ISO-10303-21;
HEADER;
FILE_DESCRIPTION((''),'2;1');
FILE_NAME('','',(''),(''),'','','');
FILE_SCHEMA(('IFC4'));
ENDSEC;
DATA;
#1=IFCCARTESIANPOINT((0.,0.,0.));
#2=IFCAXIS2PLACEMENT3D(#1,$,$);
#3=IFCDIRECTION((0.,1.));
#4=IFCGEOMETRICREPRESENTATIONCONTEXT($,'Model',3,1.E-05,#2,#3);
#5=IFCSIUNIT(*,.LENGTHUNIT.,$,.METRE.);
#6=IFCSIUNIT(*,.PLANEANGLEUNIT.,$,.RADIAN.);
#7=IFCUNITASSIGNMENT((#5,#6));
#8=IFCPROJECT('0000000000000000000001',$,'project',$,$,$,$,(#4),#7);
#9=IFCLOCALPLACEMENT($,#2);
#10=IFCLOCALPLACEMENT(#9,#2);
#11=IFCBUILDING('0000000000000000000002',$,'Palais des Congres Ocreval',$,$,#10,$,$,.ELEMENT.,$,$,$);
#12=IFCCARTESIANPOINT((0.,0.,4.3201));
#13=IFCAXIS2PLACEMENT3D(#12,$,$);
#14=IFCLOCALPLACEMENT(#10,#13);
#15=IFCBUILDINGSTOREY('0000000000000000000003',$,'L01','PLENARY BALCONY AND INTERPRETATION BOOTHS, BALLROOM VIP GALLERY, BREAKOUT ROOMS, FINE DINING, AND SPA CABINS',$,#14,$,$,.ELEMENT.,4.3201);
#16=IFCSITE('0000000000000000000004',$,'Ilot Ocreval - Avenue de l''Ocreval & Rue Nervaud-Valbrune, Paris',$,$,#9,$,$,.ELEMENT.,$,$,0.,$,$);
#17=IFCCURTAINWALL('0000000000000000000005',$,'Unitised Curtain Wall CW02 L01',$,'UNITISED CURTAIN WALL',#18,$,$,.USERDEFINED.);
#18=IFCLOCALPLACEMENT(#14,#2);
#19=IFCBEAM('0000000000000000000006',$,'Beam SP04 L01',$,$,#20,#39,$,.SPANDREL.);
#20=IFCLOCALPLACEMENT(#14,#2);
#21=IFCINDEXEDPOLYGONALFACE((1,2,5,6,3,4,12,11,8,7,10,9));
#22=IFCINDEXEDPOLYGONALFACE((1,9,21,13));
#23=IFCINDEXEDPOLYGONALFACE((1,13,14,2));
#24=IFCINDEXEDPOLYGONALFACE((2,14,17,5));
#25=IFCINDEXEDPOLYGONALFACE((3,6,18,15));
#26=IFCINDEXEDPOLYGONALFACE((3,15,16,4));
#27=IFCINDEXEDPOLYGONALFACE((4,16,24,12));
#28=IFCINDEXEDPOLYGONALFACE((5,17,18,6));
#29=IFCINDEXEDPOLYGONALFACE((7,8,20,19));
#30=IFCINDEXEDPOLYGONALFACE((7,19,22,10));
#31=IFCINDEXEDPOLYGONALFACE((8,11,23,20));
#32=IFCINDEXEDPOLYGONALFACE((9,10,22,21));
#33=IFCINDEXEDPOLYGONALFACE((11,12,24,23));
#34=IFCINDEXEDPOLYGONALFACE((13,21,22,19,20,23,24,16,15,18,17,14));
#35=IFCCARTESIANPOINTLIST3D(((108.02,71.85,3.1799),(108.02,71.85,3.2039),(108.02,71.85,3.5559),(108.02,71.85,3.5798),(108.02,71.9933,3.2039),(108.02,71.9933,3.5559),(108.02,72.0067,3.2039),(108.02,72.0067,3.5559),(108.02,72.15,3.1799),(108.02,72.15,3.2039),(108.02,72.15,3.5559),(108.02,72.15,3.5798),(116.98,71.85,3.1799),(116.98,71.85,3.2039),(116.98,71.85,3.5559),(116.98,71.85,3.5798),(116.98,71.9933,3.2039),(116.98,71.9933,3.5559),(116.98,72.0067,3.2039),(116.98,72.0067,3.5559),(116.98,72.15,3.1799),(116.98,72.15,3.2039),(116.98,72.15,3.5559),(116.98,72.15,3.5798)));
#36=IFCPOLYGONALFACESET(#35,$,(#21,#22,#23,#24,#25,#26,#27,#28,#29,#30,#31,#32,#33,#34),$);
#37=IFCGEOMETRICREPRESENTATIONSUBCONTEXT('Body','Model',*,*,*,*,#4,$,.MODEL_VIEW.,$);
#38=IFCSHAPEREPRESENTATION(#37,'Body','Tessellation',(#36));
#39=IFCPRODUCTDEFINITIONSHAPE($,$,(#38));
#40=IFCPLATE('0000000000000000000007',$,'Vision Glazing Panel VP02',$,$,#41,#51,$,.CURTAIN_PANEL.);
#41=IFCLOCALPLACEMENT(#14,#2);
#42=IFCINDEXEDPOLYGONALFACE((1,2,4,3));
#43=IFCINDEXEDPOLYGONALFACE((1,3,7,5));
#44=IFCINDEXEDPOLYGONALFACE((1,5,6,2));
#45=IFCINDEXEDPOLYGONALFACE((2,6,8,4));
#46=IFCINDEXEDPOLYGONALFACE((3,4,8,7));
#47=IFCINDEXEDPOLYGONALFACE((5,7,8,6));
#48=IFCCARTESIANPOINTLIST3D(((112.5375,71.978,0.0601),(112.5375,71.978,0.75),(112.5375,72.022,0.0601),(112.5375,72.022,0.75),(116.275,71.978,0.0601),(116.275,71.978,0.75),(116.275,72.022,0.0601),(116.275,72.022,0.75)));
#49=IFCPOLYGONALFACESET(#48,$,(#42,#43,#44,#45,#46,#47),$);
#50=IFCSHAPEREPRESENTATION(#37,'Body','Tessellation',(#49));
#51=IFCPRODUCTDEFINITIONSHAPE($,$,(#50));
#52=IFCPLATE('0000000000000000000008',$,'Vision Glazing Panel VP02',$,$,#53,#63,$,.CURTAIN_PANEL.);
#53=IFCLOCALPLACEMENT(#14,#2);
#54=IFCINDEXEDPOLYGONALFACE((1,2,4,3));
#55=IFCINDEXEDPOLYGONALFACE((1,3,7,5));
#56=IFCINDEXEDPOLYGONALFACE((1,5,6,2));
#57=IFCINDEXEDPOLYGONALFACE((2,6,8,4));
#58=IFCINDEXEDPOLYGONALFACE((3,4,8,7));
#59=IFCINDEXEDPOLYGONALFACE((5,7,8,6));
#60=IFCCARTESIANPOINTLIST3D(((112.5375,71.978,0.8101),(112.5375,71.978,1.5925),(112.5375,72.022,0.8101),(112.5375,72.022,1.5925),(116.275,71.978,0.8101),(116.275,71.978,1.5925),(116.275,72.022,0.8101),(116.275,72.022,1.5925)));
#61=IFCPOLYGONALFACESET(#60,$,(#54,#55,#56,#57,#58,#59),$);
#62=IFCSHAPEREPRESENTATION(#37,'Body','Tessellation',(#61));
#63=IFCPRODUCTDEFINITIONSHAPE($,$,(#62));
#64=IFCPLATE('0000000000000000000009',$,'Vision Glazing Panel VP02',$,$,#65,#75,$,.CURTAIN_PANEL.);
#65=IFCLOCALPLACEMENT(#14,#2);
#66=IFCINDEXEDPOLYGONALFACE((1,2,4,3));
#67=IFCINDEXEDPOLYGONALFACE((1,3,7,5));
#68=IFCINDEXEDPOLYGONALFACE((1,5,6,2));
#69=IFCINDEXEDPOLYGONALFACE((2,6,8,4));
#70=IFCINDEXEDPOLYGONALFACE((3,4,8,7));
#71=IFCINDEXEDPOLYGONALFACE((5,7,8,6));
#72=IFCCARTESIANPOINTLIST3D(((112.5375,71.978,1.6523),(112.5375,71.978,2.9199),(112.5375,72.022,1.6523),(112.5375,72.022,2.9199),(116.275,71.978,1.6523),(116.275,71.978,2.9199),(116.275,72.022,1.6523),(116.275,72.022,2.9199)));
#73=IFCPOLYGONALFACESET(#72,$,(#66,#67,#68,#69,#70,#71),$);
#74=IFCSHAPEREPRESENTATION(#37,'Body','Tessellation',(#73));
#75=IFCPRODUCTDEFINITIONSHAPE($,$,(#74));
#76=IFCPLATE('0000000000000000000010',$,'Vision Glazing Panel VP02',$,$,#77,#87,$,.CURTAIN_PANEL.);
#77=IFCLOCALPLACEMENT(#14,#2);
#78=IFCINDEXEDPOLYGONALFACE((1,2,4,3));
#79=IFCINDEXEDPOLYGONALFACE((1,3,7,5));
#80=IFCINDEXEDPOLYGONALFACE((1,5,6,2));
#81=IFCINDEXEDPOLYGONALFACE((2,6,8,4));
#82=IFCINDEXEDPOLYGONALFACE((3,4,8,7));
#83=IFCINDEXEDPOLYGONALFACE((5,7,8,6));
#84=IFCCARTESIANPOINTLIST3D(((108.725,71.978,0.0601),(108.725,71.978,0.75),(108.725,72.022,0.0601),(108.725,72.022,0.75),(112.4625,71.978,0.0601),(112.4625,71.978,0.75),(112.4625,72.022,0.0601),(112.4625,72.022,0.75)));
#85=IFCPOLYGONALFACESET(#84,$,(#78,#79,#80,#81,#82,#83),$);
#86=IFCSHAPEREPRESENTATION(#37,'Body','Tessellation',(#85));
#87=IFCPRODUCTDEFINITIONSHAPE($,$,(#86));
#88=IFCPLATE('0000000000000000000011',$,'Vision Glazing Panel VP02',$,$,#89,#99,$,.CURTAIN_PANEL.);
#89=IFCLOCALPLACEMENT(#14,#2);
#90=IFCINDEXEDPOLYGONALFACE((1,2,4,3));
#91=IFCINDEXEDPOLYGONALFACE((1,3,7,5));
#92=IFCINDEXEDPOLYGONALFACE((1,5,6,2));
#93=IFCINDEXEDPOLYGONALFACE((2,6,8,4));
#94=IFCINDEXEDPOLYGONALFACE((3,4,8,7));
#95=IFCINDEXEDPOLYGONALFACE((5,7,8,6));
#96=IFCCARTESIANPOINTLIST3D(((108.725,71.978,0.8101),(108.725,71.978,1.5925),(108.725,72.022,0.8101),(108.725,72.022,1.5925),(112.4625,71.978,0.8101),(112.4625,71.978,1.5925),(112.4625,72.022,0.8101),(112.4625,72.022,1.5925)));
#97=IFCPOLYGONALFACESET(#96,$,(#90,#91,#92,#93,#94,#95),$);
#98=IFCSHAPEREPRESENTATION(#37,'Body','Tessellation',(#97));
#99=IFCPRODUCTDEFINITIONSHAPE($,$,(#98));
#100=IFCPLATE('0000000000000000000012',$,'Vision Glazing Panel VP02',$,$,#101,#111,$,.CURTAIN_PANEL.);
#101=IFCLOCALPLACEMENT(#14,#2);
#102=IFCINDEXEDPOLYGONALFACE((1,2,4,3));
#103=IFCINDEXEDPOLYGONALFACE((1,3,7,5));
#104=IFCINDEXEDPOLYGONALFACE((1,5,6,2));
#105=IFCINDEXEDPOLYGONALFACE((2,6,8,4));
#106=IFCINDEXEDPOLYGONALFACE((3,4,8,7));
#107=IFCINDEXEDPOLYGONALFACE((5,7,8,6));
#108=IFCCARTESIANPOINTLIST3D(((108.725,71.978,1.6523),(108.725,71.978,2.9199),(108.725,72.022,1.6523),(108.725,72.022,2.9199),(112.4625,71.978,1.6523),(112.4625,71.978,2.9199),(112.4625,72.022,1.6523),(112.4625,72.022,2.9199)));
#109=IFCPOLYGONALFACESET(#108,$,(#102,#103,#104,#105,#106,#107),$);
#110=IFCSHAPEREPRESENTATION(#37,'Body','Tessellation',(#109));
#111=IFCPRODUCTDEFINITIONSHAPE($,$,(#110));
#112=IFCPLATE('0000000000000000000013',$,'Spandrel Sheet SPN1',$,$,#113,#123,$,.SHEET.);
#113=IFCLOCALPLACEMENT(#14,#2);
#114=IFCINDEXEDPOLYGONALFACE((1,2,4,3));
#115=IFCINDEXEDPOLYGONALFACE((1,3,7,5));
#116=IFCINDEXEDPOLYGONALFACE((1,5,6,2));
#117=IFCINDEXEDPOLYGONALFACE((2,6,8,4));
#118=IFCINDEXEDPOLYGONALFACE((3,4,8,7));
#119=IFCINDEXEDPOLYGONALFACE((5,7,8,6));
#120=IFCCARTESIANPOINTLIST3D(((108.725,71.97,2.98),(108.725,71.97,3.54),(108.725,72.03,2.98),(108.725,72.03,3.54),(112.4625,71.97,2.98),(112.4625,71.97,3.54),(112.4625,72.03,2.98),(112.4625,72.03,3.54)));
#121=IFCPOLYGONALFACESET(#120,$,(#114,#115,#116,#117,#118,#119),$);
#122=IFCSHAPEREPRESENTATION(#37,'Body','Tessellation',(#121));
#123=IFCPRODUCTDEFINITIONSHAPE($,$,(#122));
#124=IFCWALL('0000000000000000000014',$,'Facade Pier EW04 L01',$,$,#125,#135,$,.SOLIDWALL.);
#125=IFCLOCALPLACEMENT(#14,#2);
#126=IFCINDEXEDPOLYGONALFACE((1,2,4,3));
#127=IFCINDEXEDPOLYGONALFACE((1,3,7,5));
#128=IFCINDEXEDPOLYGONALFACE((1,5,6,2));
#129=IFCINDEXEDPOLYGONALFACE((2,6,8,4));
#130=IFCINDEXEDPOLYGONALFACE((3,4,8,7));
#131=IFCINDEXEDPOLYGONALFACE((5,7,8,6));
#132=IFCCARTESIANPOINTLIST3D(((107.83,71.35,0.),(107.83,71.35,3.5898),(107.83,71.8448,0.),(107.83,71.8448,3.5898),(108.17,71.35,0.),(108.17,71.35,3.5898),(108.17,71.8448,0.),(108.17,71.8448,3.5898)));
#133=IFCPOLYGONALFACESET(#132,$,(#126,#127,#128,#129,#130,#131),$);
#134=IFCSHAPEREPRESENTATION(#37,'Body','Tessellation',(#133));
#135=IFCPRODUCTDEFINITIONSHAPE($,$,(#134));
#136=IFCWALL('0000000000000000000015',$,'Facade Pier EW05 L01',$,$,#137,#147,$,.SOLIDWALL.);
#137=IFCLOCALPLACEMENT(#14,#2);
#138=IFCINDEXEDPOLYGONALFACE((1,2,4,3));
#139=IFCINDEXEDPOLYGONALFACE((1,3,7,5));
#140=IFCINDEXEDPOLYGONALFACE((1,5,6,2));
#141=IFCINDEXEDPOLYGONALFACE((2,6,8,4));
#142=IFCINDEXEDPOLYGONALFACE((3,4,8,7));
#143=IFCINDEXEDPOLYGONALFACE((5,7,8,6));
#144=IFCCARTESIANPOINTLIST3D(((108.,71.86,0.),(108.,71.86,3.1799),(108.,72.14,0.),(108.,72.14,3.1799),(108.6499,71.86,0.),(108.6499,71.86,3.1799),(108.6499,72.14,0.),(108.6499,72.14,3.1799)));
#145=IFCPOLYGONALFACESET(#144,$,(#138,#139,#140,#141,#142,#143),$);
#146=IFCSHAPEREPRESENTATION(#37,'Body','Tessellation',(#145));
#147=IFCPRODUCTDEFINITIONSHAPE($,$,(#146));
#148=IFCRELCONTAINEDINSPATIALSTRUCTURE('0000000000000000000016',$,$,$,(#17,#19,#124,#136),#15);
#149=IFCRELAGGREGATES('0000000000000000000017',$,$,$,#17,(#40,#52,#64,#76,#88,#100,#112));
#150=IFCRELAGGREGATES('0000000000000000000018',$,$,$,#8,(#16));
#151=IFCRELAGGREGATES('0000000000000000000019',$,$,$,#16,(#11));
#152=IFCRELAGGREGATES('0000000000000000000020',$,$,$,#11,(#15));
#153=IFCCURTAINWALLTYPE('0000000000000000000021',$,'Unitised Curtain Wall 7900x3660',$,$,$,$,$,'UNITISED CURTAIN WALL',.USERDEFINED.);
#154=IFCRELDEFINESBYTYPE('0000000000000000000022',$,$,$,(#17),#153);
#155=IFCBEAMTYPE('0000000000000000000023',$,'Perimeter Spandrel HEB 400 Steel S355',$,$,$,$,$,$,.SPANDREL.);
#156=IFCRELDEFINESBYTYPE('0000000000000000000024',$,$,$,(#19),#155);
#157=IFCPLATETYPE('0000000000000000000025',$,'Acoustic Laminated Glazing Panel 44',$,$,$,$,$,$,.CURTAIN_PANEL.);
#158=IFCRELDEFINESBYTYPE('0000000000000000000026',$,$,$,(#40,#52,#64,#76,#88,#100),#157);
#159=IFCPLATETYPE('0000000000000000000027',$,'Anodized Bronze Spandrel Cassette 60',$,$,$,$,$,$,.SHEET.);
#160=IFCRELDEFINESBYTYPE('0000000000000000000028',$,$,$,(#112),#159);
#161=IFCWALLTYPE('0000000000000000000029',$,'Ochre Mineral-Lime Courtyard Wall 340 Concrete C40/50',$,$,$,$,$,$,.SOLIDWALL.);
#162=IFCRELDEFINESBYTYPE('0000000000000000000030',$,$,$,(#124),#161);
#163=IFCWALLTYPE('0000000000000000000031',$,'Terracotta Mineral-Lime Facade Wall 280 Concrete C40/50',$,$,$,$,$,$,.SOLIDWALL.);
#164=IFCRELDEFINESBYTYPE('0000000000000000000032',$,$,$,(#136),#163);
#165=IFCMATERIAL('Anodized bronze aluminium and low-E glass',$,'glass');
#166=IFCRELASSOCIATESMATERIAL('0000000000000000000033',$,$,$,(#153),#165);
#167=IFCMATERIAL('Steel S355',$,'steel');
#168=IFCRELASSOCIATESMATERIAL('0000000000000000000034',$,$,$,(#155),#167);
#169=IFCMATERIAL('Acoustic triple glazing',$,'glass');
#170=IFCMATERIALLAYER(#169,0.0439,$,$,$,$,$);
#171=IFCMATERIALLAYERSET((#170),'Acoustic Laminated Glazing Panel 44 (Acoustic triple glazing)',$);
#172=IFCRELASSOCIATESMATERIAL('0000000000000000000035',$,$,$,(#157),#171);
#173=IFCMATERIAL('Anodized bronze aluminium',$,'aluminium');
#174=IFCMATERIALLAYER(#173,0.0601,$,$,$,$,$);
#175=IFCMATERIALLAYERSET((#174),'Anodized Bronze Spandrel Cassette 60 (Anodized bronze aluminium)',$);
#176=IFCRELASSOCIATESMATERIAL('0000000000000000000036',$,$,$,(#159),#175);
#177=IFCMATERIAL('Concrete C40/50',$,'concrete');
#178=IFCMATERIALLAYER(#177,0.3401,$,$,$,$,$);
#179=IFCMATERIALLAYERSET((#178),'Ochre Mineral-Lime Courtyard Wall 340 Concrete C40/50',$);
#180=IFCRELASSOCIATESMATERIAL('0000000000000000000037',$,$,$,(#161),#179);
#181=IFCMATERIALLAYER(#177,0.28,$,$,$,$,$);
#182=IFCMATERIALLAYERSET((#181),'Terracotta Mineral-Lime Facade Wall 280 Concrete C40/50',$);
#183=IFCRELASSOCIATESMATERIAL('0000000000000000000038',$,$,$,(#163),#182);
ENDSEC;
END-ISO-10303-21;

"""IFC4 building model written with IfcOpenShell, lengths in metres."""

from ifc_helpers import new_model, si_unit, direction, frame, frame_2d, origin, origin_2d, place, context, subcontext, project, spatial, rectangle, i_section, extrude, material, layer, layer_set, material_profile, profile_set, type_object, element, aggregate, save


model = new_model("IFC4")

# Units and contexts
model_context = context("Model", 3, precision=1e-05, world=origin(), true_north=direction((0.0, 1.0)))
body_context = subcontext(model_context, "Body", "Model", "MODEL_VIEW")
ifc_project = project(units=[si_unit("LENGTHUNIT", "METRE"), si_unit("PLANEANGLEUNIT", "RADIAN")], contexts=[model_context])

# Site, building, storey
site_placement = place(None, origin())
site = spatial("IfcSite", under=ifc_project, at=site_placement, Name="Ilot Ocreval - Avenue de l'Ocreval & Rue Nervaud-Valbrune, Paris", CompositionType="ELEMENT", RefElevation=0.0)
building_placement = place(site_placement, origin())
building = spatial("IfcBuilding", under=site, at=building_placement, Name="Palais des Congres Ocreval", CompositionType="ELEMENT")
storey_placement = place(building_placement, frame((0.0, 0.0, 4.3201)))
storey = spatial("IfcBuildingStorey", under=building, at=storey_placement, Name="L01", Description="PLENARY BALCONY AND INTERPRETATION BOOTHS, BALLROOM VIP GALLERY, BREAKOUT ROOMS, FINE DINING, AND SPA CABINS", CompositionType="ELEMENT", Elevation=4.3201)

# Curtain wall
ifc_material_1 = material(Name="Anodized bronze aluminium and low-E glass", Category="glass")
curtain_wall_type = type_object("IfcCurtainWallType", Name="Unitised Curtain Wall 7900x3660", ElementType="UNITISED CURTAIN WALL", PredefinedType="USERDEFINED", material=ifc_material_1)
curtain_wall_1_placement = place(storey_placement, origin())
curtain_wall_1 = element("IfcCurtainWall", 1, at=curtain_wall_1_placement, inside=storey, type_object=curtain_wall_type, Name="Unitised Curtain Wall CW02 L01", ObjectType="UNITISED CURTAIN WALL", PredefinedType="USERDEFINED")
ifc_material_2 = material(Name="Anodized bronze aluminium", Category="aluminium")

# Beam
ifc_material_3 = material(Name="Steel S355", Category="steel")
ifc_material_profile_1 = material_profile(ifc_material_3, i_section(OverallWidth=0.3, OverallDepth=0.3999, WebThickness=0.0134, FlangeThickness=0.0239, at=origin_2d()), Name="HEB 400")
ifc_profile_set_1 = profile_set([ifc_material_profile_1], Name="Steel S355")
beam_type = type_object("IfcBeamType", Name="Perimeter Spandrel HEB 400 Steel S355", PredefinedType="SPANDREL", material=ifc_profile_set_1)
beam_placement = place(storey_placement, frame((108.02, 72.0, 3.3799), z_axis=(1.0, 0.0, 0.0), x_axis=(0.0, 1.0, 0.0)))
element("IfcBeam", 2, at=beam_placement, inside=storey, type_object=beam_type, Name="Beam SP04 L01", PredefinedType="SPANDREL", context=body_context, shape_type="SweptSolid", body=[
    extrude(i_section(OverallWidth=0.3, OverallDepth=0.3999, WebThickness=0.0134, FlangeThickness=0.0239, at=origin_2d()), origin(), (0.0, 0.0, 1.0), 8.96),
])

# Plates
ifc_material_4 = material(Name="Acoustic triple glazing", Category="glass")
ifc_layer_1 = layer(ifc_material_4, 0.0439)
ifc_layer_set_1 = layer_set([ifc_layer_1], Name="Acoustic Laminated Glazing Panel 44 (Acoustic triple glazing)")
plate_type_1 = type_object("IfcPlateType", Name="Acoustic Laminated Glazing Panel 44", PredefinedType="CURTAIN_PANEL", material=ifc_layer_set_1)
plate_1_placement = place(storey_placement, frame((114.4062, 72.0, 0.0601), z_axis=(0.0, 0.0, 1.0), x_axis=(-1.0, 0.0, 0.0)))
plate_1 = element("IfcPlate", 3, at=plate_1_placement, type_object=plate_type_1, Name="Vision Glazing Panel VP02", PredefinedType="CURTAIN_PANEL", context=body_context, shape_type="SweptSolid", body=[
    extrude(rectangle(XDim=3.7375, YDim=0.0439, at=origin_2d()), origin(), (0.0, 0.0, 1.0), 0.6899),
])
plate_2_placement = place(storey_placement, frame((114.4062, 72.0, 0.8101), z_axis=(0.0, 0.0, 1.0), x_axis=(-1.0, 0.0, 0.0)))
plate_2 = element("IfcPlate", 4, at=plate_2_placement, type_object=plate_type_1, Name="Vision Glazing Panel VP02", PredefinedType="CURTAIN_PANEL", context=body_context, shape_type="SweptSolid", body=[
    extrude(rectangle(XDim=3.7375, YDim=0.0439, at=origin_2d()), origin(), (0.0, 0.0, 1.0), 0.7825),
])
plate_3_placement = place(storey_placement, frame((114.4062, 72.0, 1.6523), z_axis=(0.0, 0.0, 1.0), x_axis=(-1.0, 0.0, 0.0)))
plate_3 = element("IfcPlate", 5, at=plate_3_placement, type_object=plate_type_1, Name="Vision Glazing Panel VP02", PredefinedType="CURTAIN_PANEL", context=body_context, shape_type="SweptSolid", body=[
    extrude(rectangle(XDim=3.7375, YDim=0.0439, at=origin_2d()), origin(), (0.0, 0.0, 1.0), 1.2676),
])
plate_4_placement = place(storey_placement, frame((110.5938, 72.0, 0.0601), z_axis=(0.0, 0.0, 1.0), x_axis=(-1.0, 0.0, 0.0)))
plate_4 = element("IfcPlate", 6, at=plate_4_placement, type_object=plate_type_1, Name="Vision Glazing Panel VP02", PredefinedType="CURTAIN_PANEL", context=body_context, shape_type="SweptSolid", body=[
    extrude(rectangle(XDim=3.7375, YDim=0.0439, at=origin_2d()), origin(), (0.0, 0.0, 1.0), 0.6899),
])
plate_5_placement = place(storey_placement, frame((110.5938, 72.0, 0.8101), z_axis=(0.0, 0.0, 1.0), x_axis=(-1.0, 0.0, 0.0)))
plate_5 = element("IfcPlate", 7, at=plate_5_placement, type_object=plate_type_1, Name="Vision Glazing Panel VP02", PredefinedType="CURTAIN_PANEL", context=body_context, shape_type="SweptSolid", body=[
    extrude(rectangle(XDim=3.7375, YDim=0.0439, at=origin_2d()), origin(), (0.0, 0.0, 1.0), 0.7825),
])
plate_6_placement = place(storey_placement, frame((110.5938, 72.0, 1.6523), z_axis=(0.0, 0.0, 1.0), x_axis=(-1.0, 0.0, 0.0)))
plate_6 = element("IfcPlate", 8, at=plate_6_placement, type_object=plate_type_1, Name="Vision Glazing Panel VP02", PredefinedType="CURTAIN_PANEL", context=body_context, shape_type="SweptSolid", body=[
    extrude(rectangle(XDim=3.7375, YDim=0.0439, at=origin_2d()), origin(), (0.0, 0.0, 1.0), 1.2676),
])
ifc_layer_2 = layer(ifc_material_2, 0.0601)
ifc_layer_set_2 = layer_set([ifc_layer_2], Name="Anodized Bronze Spandrel Cassette 60 (Anodized bronze aluminium)")
plate_type_2 = type_object("IfcPlateType", Name="Anodized Bronze Spandrel Cassette 60", PredefinedType="SHEET", material=ifc_layer_set_2)
plate_7_placement = place(storey_placement, frame((110.5938, 72.0, 2.98), z_axis=(0.0, 0.0, 1.0), x_axis=(-1.0, 0.0, 0.0)))
plate_7 = element("IfcPlate", 9, at=plate_7_placement, type_object=plate_type_2, Name="Spandrel Sheet SPN1", PredefinedType="SHEET", context=body_context, shape_type="SweptSolid", body=[
    extrude(rectangle(XDim=3.7375, YDim=0.0601, at=origin_2d()), origin(), (0.0, 0.0, 1.0), 0.5601),
])
aggregate(curtain_wall_1, [plate_1, plate_2, plate_3, plate_4, plate_5, plate_6, plate_7])

# Walls
ifc_material_5 = material(Name="Concrete C40/50", Category="concrete")
ifc_layer_3 = layer(ifc_material_5, 0.3401)
ifc_layer_set_3 = layer_set([ifc_layer_3], Name="Ochre Mineral-Lime Courtyard Wall 340 Concrete C40/50")
wall_type_1 = type_object("IfcWallType", Name="Ochre Mineral-Lime Courtyard Wall 340 Concrete C40/50", PredefinedType="SOLIDWALL", material=ifc_layer_set_3)
wall_1_placement = place(storey_placement, frame((108.0, 71.845, 0.0), z_axis=(0.0, 0.0, 1.0), x_axis=(0.0, -1.0, 0.0)))
element("IfcWall", 10, at=wall_1_placement, inside=storey, type_object=wall_type_1, Name="Facade Pier EW04 L01", PredefinedType="SOLIDWALL", context=body_context, shape_type="SweptSolid", body=[
    extrude(rectangle(XDim=0.4949, YDim=0.3401, at=frame_2d((0.2476, 0.0))), origin(), (0.0, 0.0, 1.0), 3.5898),
])
ifc_layer_4 = layer(ifc_material_5, 0.28)
ifc_layer_set_4 = layer_set([ifc_layer_4], Name="Terracotta Mineral-Lime Facade Wall 280 Concrete C40/50")
wall_type_2 = type_object("IfcWallType", Name="Terracotta Mineral-Lime Facade Wall 280 Concrete C40/50", PredefinedType="SOLIDWALL", material=ifc_layer_set_4)
wall_2_placement = place(storey_placement, frame((108.6499, 72.0, 0.0), z_axis=(0.0, 0.0, 1.0), x_axis=(-1.0, 0.0, 0.0)))
element("IfcWall", 11, at=wall_2_placement, inside=storey, type_object=wall_type_2, Name="Facade Pier EW05 L01", PredefinedType="SOLIDWALL", context=body_context, shape_type="SweptSolid", body=[
    extrude(rectangle(XDim=0.6499, YDim=0.28, at=frame_2d((0.325, 0.0))), origin(), (0.0, 0.0, 1.0), 3.1799),
])

save(model, "model.ifc")
